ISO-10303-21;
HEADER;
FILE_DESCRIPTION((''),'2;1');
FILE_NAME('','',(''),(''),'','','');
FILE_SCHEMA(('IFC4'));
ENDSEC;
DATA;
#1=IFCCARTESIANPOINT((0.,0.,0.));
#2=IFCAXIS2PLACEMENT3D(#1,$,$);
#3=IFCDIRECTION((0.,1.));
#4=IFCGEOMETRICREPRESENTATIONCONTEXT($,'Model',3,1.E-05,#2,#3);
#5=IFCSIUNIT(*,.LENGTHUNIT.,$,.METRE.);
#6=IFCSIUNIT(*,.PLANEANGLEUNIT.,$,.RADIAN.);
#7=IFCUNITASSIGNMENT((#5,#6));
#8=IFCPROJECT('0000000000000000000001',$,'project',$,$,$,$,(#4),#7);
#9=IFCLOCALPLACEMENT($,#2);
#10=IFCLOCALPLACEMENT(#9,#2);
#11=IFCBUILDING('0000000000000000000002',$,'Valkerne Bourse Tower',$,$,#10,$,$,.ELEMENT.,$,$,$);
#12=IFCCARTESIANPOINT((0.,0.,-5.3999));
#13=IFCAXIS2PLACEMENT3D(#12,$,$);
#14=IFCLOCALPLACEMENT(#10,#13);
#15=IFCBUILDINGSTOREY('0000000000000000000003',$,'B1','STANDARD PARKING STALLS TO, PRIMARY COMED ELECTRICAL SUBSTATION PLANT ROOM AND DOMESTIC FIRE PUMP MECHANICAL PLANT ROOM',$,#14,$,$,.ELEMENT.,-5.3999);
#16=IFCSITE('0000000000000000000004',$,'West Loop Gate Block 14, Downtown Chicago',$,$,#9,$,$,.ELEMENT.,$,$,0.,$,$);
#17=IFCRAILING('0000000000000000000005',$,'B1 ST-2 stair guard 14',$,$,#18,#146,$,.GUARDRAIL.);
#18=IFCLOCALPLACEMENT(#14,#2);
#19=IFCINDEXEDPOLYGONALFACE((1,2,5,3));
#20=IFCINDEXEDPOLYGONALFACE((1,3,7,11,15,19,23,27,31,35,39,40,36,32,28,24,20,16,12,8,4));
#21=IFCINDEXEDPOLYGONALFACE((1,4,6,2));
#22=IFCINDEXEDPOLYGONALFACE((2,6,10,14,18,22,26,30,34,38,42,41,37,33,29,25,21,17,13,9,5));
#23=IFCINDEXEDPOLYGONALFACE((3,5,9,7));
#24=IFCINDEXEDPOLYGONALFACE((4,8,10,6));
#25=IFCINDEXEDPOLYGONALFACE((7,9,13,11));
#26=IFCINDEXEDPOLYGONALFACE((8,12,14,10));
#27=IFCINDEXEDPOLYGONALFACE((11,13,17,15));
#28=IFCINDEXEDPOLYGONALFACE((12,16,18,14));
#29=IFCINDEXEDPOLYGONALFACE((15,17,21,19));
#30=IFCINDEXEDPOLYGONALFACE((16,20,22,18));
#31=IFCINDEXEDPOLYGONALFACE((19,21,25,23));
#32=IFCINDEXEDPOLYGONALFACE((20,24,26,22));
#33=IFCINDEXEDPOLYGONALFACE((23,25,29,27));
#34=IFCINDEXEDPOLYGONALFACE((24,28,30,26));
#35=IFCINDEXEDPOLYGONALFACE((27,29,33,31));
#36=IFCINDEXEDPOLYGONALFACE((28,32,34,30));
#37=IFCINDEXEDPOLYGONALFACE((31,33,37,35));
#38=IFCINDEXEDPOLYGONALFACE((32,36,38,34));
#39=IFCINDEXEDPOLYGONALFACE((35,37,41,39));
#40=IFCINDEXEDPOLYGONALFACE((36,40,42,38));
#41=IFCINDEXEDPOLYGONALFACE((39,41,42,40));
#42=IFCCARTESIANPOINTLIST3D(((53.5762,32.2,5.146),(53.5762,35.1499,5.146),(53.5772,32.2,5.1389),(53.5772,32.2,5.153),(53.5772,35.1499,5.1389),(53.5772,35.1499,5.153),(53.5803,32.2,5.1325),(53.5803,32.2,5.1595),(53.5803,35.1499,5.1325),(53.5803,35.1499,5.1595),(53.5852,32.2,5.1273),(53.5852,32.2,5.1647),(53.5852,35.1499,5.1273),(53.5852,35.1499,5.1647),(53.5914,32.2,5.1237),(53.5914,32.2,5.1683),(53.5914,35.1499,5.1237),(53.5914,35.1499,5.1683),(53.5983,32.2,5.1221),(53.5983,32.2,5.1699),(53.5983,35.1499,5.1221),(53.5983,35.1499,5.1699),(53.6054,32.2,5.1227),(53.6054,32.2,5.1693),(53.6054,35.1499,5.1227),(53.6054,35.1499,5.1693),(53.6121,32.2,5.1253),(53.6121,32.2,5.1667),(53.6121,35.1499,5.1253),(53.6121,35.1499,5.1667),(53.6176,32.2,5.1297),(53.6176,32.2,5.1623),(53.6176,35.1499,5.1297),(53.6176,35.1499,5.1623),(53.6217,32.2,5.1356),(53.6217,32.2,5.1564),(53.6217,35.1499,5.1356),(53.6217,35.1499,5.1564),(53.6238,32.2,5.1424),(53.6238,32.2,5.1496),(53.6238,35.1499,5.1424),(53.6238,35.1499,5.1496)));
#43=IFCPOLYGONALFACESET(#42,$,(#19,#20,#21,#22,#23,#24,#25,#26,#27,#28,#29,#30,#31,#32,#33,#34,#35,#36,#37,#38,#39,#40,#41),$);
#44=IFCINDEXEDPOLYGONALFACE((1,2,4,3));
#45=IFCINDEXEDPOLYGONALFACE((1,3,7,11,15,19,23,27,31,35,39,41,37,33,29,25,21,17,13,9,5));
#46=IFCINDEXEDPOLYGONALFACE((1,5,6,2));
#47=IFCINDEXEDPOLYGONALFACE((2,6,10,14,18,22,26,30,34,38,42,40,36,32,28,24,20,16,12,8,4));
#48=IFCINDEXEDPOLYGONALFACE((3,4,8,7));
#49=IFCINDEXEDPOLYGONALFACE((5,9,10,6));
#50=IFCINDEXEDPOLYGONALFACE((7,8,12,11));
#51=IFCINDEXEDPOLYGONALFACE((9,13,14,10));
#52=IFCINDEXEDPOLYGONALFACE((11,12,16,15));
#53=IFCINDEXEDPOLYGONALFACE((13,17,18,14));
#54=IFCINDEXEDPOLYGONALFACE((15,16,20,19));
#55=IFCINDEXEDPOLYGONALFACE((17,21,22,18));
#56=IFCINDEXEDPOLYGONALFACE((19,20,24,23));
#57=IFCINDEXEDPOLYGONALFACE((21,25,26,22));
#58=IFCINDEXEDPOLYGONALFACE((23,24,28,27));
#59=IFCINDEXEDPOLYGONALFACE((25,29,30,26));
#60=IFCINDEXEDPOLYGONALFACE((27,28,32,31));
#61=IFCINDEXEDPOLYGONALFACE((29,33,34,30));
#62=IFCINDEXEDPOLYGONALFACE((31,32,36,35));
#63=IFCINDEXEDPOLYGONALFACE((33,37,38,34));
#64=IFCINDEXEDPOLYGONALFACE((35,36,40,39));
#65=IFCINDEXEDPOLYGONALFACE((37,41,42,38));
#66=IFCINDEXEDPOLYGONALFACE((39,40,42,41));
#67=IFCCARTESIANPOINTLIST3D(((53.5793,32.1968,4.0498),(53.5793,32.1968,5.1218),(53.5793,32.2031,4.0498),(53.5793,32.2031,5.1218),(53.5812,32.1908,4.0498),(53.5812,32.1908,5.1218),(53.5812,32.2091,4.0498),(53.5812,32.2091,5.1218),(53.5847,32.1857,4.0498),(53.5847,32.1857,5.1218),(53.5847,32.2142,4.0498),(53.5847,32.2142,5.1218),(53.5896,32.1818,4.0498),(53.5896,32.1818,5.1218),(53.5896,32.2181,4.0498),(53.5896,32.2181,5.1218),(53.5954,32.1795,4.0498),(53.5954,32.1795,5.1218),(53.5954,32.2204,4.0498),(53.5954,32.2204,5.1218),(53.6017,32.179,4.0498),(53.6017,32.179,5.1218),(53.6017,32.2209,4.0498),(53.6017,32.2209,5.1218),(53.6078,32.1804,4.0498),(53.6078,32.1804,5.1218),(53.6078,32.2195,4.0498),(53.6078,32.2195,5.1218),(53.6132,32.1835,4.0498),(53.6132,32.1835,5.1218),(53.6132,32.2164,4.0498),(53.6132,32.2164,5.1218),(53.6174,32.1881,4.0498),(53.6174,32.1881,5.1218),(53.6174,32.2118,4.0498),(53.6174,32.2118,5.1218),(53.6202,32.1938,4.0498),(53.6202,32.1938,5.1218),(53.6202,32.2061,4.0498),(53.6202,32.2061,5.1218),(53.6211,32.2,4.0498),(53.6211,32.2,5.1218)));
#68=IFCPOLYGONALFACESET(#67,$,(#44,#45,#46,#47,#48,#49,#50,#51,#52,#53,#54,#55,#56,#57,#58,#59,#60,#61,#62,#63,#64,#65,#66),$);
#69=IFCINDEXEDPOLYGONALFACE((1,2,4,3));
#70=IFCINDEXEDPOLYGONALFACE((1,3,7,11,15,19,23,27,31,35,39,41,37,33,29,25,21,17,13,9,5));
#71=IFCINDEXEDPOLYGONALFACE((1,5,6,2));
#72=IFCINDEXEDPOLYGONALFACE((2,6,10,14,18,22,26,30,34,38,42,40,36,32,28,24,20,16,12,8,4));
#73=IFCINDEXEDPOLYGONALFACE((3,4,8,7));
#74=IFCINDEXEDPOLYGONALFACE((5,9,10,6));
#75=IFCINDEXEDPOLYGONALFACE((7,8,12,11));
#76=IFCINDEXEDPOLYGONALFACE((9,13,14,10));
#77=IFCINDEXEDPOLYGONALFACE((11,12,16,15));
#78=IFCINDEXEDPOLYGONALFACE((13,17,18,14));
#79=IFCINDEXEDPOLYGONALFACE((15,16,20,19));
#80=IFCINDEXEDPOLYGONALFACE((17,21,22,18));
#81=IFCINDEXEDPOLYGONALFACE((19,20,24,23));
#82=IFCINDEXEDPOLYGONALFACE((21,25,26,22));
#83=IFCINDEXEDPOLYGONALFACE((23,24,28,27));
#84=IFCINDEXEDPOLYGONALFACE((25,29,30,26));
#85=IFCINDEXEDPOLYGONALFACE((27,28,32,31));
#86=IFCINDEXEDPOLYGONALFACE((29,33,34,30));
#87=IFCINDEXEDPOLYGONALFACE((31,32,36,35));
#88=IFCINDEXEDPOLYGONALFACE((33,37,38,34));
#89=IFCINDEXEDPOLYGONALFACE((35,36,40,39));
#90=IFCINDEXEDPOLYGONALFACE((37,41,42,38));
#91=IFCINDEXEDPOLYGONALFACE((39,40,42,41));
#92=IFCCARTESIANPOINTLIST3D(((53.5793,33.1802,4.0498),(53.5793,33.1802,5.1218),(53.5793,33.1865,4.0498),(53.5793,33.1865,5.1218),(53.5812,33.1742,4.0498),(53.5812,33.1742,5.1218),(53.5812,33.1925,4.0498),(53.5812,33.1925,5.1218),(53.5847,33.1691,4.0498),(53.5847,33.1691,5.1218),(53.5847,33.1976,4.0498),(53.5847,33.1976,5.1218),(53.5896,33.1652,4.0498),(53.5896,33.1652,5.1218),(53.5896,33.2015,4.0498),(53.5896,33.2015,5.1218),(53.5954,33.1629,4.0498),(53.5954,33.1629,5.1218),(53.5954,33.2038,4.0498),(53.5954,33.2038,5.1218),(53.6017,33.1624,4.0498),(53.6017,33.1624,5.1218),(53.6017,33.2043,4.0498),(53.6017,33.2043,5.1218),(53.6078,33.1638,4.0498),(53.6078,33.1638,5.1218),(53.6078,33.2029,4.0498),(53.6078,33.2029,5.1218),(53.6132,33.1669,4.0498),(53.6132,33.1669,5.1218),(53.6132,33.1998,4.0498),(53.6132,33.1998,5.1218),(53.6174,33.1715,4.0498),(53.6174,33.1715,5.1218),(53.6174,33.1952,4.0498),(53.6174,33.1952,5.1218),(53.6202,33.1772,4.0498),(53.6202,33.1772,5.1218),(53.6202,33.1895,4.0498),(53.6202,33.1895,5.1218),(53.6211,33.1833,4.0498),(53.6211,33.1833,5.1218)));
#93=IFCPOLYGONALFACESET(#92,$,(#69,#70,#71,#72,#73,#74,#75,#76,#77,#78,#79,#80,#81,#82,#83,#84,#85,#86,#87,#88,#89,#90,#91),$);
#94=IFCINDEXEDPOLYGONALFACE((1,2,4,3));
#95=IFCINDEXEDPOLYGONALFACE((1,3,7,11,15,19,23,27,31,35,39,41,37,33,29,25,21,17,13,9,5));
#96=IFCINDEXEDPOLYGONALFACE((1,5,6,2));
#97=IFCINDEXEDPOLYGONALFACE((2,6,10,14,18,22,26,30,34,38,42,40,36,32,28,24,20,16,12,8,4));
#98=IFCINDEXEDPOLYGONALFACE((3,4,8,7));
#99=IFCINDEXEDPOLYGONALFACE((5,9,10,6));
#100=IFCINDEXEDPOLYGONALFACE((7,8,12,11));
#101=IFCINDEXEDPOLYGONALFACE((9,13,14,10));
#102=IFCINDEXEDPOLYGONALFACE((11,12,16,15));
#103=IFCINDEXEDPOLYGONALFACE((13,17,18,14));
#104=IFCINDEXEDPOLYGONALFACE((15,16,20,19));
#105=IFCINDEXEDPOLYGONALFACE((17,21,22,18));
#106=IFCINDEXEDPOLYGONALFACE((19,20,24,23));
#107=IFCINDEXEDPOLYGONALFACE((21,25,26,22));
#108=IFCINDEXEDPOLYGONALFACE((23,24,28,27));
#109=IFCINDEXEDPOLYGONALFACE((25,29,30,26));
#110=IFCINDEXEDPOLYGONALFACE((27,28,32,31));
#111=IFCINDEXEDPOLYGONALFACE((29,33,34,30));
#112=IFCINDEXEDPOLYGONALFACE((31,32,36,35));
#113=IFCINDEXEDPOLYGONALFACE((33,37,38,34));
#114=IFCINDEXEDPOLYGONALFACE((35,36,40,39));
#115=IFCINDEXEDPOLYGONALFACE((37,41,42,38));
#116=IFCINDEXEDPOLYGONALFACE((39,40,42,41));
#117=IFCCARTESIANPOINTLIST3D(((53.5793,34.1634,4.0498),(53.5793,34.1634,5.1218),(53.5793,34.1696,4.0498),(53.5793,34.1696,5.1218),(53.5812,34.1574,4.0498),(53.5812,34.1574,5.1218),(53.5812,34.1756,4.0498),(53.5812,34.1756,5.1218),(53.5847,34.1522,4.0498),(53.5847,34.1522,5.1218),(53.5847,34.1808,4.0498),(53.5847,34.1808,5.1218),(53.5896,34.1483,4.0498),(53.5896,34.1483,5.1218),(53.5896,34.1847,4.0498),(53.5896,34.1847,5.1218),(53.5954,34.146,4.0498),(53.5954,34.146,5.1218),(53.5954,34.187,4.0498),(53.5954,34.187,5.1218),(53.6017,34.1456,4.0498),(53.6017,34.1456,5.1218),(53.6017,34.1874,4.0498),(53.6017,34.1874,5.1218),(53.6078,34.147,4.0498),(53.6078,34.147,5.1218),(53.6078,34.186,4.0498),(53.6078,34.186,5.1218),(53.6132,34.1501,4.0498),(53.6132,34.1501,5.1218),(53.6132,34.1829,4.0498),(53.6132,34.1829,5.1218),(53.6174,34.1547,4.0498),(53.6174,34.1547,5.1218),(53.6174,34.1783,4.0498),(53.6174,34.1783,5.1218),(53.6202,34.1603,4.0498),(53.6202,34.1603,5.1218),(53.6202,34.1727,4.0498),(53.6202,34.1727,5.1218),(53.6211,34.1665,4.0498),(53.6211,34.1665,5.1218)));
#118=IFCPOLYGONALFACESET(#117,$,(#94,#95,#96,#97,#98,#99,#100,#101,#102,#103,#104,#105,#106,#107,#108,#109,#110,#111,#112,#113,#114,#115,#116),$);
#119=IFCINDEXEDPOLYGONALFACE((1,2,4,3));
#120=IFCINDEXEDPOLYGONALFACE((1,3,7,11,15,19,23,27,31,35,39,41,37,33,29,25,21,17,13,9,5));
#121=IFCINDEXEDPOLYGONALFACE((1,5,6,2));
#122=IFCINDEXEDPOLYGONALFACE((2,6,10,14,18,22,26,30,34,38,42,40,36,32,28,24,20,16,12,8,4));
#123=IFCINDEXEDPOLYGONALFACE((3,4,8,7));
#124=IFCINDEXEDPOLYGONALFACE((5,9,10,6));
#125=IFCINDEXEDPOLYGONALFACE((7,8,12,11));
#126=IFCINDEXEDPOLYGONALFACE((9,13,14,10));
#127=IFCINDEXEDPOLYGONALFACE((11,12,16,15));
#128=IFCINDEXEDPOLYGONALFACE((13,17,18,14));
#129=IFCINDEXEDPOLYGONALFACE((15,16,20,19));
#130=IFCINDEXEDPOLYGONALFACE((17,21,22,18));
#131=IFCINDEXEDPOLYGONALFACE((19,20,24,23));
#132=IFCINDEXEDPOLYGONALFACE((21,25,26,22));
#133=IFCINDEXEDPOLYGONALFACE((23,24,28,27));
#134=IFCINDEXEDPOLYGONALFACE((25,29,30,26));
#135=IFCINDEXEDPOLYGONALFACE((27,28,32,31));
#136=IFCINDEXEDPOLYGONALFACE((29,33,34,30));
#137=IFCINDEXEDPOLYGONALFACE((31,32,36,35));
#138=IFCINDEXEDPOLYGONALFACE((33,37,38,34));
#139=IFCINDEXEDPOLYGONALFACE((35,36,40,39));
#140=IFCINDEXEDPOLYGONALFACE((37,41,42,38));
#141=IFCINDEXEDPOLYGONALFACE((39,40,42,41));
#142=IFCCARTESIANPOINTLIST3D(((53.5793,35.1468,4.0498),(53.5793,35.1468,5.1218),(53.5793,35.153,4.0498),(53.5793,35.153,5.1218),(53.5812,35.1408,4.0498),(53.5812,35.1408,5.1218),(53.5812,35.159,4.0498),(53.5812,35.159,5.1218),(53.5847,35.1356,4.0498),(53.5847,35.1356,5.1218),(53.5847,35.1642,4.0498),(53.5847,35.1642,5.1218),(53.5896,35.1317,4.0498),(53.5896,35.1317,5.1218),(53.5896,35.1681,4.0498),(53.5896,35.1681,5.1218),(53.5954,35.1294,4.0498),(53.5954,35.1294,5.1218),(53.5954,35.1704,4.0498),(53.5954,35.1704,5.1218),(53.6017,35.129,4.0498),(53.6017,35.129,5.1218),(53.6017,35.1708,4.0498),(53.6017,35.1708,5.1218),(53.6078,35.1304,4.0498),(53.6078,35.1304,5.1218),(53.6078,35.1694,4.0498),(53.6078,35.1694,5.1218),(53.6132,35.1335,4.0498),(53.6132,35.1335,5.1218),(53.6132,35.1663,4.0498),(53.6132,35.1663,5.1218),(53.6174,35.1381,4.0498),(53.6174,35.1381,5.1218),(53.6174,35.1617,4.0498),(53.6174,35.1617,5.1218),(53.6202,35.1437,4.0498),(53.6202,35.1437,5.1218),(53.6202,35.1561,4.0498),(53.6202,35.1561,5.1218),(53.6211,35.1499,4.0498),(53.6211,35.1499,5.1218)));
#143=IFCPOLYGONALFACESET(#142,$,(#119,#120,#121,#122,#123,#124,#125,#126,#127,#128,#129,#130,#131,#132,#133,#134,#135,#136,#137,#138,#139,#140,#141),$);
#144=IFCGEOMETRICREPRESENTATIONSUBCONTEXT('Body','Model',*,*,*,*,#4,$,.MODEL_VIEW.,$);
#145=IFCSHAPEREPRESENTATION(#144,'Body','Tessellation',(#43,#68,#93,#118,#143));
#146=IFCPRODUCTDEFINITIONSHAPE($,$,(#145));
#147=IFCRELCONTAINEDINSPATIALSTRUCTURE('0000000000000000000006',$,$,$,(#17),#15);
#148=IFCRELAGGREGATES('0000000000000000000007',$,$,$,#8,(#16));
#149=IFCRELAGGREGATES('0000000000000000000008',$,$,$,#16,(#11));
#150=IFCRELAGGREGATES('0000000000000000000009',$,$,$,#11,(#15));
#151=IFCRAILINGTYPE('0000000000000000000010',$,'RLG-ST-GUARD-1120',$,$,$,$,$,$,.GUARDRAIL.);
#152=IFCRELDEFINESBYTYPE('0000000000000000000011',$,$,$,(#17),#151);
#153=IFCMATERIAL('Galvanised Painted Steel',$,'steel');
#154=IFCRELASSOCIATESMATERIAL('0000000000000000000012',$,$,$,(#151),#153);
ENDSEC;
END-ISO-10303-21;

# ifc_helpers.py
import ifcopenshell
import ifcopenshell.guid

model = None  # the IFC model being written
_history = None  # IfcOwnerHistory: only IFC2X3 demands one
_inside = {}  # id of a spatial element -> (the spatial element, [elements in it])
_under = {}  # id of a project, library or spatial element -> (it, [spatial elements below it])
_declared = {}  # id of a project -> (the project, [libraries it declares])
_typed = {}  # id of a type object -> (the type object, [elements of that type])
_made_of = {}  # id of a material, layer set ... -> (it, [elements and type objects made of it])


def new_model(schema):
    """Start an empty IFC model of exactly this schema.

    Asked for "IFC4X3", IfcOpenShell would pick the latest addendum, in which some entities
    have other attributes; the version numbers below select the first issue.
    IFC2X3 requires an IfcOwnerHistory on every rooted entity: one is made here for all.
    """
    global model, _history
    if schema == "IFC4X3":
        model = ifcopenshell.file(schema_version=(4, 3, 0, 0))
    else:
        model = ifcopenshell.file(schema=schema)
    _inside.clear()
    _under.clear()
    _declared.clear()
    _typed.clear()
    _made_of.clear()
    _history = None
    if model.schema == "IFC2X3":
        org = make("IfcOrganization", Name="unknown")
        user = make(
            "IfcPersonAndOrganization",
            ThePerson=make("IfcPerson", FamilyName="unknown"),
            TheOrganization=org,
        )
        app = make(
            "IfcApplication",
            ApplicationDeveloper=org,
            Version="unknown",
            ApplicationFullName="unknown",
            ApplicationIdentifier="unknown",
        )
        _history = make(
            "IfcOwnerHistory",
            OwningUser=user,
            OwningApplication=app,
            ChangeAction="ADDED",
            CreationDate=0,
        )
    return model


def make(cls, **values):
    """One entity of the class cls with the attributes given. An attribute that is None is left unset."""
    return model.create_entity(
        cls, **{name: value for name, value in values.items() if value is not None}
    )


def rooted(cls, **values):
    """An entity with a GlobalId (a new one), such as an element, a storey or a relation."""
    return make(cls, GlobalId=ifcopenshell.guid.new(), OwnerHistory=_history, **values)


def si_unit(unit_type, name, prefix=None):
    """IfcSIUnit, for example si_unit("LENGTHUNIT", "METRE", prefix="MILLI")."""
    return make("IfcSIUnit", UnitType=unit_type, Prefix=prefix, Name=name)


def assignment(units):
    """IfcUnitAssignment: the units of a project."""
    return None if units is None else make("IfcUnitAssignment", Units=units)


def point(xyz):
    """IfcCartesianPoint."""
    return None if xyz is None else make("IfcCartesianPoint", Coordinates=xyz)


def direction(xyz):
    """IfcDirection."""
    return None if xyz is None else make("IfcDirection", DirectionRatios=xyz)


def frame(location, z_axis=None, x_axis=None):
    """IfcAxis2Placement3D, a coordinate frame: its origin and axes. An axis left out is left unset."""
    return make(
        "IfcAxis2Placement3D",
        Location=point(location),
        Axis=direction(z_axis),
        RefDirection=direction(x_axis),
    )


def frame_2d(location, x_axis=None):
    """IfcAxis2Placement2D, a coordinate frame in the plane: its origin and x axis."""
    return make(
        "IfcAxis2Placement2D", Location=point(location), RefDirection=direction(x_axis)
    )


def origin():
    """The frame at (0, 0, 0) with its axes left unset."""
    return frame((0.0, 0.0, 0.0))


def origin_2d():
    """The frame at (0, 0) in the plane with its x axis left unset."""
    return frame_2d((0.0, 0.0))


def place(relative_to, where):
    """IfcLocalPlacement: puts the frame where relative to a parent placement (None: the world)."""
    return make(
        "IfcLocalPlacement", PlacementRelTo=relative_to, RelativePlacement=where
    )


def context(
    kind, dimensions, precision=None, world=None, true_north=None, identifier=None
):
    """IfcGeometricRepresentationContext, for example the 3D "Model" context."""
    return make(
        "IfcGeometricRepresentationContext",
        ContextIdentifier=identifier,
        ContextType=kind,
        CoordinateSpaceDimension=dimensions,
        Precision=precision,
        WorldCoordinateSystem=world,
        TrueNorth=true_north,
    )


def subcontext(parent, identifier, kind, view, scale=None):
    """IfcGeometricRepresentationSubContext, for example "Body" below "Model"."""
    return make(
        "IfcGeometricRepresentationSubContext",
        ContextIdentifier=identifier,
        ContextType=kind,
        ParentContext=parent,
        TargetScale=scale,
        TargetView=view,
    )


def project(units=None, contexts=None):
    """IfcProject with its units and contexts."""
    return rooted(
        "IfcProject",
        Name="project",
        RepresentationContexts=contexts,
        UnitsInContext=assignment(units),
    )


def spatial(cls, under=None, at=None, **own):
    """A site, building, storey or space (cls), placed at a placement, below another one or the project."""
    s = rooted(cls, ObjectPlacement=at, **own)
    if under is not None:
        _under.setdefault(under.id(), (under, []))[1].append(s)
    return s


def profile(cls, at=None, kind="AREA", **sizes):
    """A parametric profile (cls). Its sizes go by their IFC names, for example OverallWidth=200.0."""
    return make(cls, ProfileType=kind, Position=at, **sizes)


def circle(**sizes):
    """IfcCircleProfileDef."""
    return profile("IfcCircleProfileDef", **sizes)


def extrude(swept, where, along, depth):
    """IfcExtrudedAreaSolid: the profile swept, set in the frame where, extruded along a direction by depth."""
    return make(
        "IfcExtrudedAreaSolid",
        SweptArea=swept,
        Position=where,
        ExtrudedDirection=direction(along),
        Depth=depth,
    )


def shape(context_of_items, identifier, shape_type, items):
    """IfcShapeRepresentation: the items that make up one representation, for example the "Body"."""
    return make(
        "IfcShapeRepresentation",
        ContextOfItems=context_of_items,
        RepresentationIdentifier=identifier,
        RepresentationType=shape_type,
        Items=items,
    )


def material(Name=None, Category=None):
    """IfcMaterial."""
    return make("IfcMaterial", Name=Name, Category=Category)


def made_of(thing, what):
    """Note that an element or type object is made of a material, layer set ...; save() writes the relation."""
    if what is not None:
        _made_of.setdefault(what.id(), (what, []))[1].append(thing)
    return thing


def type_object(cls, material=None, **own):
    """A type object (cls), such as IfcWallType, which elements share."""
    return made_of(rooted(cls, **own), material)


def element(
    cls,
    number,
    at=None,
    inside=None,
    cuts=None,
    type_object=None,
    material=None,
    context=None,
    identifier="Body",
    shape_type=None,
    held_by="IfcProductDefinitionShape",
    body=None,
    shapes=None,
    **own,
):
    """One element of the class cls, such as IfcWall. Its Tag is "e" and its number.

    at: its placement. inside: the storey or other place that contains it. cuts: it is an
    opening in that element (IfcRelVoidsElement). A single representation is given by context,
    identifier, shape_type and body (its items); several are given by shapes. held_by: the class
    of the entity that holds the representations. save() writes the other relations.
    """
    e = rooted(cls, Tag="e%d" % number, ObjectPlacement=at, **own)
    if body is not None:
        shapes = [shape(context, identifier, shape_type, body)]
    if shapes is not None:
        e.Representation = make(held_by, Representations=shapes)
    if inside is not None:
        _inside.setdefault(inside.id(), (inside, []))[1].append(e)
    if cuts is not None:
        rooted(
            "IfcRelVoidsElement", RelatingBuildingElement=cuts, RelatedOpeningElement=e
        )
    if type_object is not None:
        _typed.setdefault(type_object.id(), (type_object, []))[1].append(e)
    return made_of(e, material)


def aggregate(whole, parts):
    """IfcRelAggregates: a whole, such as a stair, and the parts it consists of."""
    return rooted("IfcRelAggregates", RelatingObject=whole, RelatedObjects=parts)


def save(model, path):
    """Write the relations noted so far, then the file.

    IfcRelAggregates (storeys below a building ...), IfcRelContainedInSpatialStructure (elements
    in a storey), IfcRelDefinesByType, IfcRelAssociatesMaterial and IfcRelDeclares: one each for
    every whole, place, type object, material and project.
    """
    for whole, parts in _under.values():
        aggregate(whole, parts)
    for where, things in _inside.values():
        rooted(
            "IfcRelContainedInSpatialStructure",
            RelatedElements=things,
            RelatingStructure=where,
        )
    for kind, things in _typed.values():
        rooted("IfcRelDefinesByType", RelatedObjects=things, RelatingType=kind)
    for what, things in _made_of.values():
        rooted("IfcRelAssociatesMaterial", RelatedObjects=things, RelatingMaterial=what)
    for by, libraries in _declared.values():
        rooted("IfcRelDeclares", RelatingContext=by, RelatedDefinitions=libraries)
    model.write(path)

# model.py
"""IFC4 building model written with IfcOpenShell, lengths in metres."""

from ifc_helpers import new_model, si_unit, direction, frame, origin, origin_2d, place, context, subcontext, project, spatial, circle, extrude, material, type_object, element, save


model = new_model("IFC4")

# Units and contexts
model_context = context("Model", 3, precision=1e-05, world=origin(), true_north=direction((0.0, 1.0)))
body_context = subcontext(model_context, "Body", "Model", "MODEL_VIEW")
ifc_project = project(units=[si_unit("LENGTHUNIT", "METRE"), si_unit("PLANEANGLEUNIT", "RADIAN")], contexts=[model_context])

# Site, building, storey
site_placement = place(None, origin())
site = spatial("IfcSite", under=ifc_project, at=site_placement, Name="West Loop Gate Block 14, Downtown Chicago", CompositionType="ELEMENT", RefElevation=0.0)
building_placement = place(site_placement, origin())
building = spatial("IfcBuilding", under=site, at=building_placement, Name="Valkerne Bourse Tower", CompositionType="ELEMENT")
storey_placement = place(building_placement, frame((0.0, 0.0, -5.3999)))
storey = spatial("IfcBuildingStorey", under=building, at=storey_placement, Name="B1", Description="STANDARD PARKING STALLS TO, PRIMARY COMED ELECTRICAL SUBSTATION PLANT ROOM AND DOMESTIC FIRE PUMP MECHANICAL PLANT ROOM", CompositionType="ELEMENT", Elevation=-5.3999)

# Shared definitions
ifc_material_1 = material(Name="Galvanised Painted Steel", Category="steel")

# Railing
railing_type = type_object("IfcRailingType", Name="RLG-ST-GUARD-1120", PredefinedType="GUARDRAIL", material=ifc_material_1)
railing_placement = place(storey_placement, frame((53.6001, 32.2, 4.0498)))
element("IfcRailing", 1, at=railing_placement, inside=storey, type_object=railing_type, Name="B1 ST-2 stair guard 14", PredefinedType="GUARDRAIL", context=body_context, shape_type="SweptSolid", body=[
    extrude(circle(Radius=0.0239, at=origin_2d()), frame((0.0, 0.0, 1.0962), z_axis=(0.0, 1.0, 0.0), x_axis=(-1.0, 0.0, 0.0)), (0.0, 0.0, 1.0), 2.95),
    extrude(circle(Radius=0.021, at=origin_2d()), origin(), (0.0, 0.0, 1.0), 1.072),
    extrude(circle(Radius=0.021, at=origin_2d()), frame((0.0, 0.9834, 0.0)), (0.0, 0.0, 1.0), 1.072),
    extrude(circle(Radius=0.021, at=origin_2d()), frame((0.0, 1.9666, 0.0)), (0.0, 0.0, 1.0), 1.072),
    extrude(circle(Radius=0.021, at=origin_2d()), frame((0.0, 2.95, 0.0)), (0.0, 0.0, 1.0), 1.072),
])

save(model, "model.ifc")
